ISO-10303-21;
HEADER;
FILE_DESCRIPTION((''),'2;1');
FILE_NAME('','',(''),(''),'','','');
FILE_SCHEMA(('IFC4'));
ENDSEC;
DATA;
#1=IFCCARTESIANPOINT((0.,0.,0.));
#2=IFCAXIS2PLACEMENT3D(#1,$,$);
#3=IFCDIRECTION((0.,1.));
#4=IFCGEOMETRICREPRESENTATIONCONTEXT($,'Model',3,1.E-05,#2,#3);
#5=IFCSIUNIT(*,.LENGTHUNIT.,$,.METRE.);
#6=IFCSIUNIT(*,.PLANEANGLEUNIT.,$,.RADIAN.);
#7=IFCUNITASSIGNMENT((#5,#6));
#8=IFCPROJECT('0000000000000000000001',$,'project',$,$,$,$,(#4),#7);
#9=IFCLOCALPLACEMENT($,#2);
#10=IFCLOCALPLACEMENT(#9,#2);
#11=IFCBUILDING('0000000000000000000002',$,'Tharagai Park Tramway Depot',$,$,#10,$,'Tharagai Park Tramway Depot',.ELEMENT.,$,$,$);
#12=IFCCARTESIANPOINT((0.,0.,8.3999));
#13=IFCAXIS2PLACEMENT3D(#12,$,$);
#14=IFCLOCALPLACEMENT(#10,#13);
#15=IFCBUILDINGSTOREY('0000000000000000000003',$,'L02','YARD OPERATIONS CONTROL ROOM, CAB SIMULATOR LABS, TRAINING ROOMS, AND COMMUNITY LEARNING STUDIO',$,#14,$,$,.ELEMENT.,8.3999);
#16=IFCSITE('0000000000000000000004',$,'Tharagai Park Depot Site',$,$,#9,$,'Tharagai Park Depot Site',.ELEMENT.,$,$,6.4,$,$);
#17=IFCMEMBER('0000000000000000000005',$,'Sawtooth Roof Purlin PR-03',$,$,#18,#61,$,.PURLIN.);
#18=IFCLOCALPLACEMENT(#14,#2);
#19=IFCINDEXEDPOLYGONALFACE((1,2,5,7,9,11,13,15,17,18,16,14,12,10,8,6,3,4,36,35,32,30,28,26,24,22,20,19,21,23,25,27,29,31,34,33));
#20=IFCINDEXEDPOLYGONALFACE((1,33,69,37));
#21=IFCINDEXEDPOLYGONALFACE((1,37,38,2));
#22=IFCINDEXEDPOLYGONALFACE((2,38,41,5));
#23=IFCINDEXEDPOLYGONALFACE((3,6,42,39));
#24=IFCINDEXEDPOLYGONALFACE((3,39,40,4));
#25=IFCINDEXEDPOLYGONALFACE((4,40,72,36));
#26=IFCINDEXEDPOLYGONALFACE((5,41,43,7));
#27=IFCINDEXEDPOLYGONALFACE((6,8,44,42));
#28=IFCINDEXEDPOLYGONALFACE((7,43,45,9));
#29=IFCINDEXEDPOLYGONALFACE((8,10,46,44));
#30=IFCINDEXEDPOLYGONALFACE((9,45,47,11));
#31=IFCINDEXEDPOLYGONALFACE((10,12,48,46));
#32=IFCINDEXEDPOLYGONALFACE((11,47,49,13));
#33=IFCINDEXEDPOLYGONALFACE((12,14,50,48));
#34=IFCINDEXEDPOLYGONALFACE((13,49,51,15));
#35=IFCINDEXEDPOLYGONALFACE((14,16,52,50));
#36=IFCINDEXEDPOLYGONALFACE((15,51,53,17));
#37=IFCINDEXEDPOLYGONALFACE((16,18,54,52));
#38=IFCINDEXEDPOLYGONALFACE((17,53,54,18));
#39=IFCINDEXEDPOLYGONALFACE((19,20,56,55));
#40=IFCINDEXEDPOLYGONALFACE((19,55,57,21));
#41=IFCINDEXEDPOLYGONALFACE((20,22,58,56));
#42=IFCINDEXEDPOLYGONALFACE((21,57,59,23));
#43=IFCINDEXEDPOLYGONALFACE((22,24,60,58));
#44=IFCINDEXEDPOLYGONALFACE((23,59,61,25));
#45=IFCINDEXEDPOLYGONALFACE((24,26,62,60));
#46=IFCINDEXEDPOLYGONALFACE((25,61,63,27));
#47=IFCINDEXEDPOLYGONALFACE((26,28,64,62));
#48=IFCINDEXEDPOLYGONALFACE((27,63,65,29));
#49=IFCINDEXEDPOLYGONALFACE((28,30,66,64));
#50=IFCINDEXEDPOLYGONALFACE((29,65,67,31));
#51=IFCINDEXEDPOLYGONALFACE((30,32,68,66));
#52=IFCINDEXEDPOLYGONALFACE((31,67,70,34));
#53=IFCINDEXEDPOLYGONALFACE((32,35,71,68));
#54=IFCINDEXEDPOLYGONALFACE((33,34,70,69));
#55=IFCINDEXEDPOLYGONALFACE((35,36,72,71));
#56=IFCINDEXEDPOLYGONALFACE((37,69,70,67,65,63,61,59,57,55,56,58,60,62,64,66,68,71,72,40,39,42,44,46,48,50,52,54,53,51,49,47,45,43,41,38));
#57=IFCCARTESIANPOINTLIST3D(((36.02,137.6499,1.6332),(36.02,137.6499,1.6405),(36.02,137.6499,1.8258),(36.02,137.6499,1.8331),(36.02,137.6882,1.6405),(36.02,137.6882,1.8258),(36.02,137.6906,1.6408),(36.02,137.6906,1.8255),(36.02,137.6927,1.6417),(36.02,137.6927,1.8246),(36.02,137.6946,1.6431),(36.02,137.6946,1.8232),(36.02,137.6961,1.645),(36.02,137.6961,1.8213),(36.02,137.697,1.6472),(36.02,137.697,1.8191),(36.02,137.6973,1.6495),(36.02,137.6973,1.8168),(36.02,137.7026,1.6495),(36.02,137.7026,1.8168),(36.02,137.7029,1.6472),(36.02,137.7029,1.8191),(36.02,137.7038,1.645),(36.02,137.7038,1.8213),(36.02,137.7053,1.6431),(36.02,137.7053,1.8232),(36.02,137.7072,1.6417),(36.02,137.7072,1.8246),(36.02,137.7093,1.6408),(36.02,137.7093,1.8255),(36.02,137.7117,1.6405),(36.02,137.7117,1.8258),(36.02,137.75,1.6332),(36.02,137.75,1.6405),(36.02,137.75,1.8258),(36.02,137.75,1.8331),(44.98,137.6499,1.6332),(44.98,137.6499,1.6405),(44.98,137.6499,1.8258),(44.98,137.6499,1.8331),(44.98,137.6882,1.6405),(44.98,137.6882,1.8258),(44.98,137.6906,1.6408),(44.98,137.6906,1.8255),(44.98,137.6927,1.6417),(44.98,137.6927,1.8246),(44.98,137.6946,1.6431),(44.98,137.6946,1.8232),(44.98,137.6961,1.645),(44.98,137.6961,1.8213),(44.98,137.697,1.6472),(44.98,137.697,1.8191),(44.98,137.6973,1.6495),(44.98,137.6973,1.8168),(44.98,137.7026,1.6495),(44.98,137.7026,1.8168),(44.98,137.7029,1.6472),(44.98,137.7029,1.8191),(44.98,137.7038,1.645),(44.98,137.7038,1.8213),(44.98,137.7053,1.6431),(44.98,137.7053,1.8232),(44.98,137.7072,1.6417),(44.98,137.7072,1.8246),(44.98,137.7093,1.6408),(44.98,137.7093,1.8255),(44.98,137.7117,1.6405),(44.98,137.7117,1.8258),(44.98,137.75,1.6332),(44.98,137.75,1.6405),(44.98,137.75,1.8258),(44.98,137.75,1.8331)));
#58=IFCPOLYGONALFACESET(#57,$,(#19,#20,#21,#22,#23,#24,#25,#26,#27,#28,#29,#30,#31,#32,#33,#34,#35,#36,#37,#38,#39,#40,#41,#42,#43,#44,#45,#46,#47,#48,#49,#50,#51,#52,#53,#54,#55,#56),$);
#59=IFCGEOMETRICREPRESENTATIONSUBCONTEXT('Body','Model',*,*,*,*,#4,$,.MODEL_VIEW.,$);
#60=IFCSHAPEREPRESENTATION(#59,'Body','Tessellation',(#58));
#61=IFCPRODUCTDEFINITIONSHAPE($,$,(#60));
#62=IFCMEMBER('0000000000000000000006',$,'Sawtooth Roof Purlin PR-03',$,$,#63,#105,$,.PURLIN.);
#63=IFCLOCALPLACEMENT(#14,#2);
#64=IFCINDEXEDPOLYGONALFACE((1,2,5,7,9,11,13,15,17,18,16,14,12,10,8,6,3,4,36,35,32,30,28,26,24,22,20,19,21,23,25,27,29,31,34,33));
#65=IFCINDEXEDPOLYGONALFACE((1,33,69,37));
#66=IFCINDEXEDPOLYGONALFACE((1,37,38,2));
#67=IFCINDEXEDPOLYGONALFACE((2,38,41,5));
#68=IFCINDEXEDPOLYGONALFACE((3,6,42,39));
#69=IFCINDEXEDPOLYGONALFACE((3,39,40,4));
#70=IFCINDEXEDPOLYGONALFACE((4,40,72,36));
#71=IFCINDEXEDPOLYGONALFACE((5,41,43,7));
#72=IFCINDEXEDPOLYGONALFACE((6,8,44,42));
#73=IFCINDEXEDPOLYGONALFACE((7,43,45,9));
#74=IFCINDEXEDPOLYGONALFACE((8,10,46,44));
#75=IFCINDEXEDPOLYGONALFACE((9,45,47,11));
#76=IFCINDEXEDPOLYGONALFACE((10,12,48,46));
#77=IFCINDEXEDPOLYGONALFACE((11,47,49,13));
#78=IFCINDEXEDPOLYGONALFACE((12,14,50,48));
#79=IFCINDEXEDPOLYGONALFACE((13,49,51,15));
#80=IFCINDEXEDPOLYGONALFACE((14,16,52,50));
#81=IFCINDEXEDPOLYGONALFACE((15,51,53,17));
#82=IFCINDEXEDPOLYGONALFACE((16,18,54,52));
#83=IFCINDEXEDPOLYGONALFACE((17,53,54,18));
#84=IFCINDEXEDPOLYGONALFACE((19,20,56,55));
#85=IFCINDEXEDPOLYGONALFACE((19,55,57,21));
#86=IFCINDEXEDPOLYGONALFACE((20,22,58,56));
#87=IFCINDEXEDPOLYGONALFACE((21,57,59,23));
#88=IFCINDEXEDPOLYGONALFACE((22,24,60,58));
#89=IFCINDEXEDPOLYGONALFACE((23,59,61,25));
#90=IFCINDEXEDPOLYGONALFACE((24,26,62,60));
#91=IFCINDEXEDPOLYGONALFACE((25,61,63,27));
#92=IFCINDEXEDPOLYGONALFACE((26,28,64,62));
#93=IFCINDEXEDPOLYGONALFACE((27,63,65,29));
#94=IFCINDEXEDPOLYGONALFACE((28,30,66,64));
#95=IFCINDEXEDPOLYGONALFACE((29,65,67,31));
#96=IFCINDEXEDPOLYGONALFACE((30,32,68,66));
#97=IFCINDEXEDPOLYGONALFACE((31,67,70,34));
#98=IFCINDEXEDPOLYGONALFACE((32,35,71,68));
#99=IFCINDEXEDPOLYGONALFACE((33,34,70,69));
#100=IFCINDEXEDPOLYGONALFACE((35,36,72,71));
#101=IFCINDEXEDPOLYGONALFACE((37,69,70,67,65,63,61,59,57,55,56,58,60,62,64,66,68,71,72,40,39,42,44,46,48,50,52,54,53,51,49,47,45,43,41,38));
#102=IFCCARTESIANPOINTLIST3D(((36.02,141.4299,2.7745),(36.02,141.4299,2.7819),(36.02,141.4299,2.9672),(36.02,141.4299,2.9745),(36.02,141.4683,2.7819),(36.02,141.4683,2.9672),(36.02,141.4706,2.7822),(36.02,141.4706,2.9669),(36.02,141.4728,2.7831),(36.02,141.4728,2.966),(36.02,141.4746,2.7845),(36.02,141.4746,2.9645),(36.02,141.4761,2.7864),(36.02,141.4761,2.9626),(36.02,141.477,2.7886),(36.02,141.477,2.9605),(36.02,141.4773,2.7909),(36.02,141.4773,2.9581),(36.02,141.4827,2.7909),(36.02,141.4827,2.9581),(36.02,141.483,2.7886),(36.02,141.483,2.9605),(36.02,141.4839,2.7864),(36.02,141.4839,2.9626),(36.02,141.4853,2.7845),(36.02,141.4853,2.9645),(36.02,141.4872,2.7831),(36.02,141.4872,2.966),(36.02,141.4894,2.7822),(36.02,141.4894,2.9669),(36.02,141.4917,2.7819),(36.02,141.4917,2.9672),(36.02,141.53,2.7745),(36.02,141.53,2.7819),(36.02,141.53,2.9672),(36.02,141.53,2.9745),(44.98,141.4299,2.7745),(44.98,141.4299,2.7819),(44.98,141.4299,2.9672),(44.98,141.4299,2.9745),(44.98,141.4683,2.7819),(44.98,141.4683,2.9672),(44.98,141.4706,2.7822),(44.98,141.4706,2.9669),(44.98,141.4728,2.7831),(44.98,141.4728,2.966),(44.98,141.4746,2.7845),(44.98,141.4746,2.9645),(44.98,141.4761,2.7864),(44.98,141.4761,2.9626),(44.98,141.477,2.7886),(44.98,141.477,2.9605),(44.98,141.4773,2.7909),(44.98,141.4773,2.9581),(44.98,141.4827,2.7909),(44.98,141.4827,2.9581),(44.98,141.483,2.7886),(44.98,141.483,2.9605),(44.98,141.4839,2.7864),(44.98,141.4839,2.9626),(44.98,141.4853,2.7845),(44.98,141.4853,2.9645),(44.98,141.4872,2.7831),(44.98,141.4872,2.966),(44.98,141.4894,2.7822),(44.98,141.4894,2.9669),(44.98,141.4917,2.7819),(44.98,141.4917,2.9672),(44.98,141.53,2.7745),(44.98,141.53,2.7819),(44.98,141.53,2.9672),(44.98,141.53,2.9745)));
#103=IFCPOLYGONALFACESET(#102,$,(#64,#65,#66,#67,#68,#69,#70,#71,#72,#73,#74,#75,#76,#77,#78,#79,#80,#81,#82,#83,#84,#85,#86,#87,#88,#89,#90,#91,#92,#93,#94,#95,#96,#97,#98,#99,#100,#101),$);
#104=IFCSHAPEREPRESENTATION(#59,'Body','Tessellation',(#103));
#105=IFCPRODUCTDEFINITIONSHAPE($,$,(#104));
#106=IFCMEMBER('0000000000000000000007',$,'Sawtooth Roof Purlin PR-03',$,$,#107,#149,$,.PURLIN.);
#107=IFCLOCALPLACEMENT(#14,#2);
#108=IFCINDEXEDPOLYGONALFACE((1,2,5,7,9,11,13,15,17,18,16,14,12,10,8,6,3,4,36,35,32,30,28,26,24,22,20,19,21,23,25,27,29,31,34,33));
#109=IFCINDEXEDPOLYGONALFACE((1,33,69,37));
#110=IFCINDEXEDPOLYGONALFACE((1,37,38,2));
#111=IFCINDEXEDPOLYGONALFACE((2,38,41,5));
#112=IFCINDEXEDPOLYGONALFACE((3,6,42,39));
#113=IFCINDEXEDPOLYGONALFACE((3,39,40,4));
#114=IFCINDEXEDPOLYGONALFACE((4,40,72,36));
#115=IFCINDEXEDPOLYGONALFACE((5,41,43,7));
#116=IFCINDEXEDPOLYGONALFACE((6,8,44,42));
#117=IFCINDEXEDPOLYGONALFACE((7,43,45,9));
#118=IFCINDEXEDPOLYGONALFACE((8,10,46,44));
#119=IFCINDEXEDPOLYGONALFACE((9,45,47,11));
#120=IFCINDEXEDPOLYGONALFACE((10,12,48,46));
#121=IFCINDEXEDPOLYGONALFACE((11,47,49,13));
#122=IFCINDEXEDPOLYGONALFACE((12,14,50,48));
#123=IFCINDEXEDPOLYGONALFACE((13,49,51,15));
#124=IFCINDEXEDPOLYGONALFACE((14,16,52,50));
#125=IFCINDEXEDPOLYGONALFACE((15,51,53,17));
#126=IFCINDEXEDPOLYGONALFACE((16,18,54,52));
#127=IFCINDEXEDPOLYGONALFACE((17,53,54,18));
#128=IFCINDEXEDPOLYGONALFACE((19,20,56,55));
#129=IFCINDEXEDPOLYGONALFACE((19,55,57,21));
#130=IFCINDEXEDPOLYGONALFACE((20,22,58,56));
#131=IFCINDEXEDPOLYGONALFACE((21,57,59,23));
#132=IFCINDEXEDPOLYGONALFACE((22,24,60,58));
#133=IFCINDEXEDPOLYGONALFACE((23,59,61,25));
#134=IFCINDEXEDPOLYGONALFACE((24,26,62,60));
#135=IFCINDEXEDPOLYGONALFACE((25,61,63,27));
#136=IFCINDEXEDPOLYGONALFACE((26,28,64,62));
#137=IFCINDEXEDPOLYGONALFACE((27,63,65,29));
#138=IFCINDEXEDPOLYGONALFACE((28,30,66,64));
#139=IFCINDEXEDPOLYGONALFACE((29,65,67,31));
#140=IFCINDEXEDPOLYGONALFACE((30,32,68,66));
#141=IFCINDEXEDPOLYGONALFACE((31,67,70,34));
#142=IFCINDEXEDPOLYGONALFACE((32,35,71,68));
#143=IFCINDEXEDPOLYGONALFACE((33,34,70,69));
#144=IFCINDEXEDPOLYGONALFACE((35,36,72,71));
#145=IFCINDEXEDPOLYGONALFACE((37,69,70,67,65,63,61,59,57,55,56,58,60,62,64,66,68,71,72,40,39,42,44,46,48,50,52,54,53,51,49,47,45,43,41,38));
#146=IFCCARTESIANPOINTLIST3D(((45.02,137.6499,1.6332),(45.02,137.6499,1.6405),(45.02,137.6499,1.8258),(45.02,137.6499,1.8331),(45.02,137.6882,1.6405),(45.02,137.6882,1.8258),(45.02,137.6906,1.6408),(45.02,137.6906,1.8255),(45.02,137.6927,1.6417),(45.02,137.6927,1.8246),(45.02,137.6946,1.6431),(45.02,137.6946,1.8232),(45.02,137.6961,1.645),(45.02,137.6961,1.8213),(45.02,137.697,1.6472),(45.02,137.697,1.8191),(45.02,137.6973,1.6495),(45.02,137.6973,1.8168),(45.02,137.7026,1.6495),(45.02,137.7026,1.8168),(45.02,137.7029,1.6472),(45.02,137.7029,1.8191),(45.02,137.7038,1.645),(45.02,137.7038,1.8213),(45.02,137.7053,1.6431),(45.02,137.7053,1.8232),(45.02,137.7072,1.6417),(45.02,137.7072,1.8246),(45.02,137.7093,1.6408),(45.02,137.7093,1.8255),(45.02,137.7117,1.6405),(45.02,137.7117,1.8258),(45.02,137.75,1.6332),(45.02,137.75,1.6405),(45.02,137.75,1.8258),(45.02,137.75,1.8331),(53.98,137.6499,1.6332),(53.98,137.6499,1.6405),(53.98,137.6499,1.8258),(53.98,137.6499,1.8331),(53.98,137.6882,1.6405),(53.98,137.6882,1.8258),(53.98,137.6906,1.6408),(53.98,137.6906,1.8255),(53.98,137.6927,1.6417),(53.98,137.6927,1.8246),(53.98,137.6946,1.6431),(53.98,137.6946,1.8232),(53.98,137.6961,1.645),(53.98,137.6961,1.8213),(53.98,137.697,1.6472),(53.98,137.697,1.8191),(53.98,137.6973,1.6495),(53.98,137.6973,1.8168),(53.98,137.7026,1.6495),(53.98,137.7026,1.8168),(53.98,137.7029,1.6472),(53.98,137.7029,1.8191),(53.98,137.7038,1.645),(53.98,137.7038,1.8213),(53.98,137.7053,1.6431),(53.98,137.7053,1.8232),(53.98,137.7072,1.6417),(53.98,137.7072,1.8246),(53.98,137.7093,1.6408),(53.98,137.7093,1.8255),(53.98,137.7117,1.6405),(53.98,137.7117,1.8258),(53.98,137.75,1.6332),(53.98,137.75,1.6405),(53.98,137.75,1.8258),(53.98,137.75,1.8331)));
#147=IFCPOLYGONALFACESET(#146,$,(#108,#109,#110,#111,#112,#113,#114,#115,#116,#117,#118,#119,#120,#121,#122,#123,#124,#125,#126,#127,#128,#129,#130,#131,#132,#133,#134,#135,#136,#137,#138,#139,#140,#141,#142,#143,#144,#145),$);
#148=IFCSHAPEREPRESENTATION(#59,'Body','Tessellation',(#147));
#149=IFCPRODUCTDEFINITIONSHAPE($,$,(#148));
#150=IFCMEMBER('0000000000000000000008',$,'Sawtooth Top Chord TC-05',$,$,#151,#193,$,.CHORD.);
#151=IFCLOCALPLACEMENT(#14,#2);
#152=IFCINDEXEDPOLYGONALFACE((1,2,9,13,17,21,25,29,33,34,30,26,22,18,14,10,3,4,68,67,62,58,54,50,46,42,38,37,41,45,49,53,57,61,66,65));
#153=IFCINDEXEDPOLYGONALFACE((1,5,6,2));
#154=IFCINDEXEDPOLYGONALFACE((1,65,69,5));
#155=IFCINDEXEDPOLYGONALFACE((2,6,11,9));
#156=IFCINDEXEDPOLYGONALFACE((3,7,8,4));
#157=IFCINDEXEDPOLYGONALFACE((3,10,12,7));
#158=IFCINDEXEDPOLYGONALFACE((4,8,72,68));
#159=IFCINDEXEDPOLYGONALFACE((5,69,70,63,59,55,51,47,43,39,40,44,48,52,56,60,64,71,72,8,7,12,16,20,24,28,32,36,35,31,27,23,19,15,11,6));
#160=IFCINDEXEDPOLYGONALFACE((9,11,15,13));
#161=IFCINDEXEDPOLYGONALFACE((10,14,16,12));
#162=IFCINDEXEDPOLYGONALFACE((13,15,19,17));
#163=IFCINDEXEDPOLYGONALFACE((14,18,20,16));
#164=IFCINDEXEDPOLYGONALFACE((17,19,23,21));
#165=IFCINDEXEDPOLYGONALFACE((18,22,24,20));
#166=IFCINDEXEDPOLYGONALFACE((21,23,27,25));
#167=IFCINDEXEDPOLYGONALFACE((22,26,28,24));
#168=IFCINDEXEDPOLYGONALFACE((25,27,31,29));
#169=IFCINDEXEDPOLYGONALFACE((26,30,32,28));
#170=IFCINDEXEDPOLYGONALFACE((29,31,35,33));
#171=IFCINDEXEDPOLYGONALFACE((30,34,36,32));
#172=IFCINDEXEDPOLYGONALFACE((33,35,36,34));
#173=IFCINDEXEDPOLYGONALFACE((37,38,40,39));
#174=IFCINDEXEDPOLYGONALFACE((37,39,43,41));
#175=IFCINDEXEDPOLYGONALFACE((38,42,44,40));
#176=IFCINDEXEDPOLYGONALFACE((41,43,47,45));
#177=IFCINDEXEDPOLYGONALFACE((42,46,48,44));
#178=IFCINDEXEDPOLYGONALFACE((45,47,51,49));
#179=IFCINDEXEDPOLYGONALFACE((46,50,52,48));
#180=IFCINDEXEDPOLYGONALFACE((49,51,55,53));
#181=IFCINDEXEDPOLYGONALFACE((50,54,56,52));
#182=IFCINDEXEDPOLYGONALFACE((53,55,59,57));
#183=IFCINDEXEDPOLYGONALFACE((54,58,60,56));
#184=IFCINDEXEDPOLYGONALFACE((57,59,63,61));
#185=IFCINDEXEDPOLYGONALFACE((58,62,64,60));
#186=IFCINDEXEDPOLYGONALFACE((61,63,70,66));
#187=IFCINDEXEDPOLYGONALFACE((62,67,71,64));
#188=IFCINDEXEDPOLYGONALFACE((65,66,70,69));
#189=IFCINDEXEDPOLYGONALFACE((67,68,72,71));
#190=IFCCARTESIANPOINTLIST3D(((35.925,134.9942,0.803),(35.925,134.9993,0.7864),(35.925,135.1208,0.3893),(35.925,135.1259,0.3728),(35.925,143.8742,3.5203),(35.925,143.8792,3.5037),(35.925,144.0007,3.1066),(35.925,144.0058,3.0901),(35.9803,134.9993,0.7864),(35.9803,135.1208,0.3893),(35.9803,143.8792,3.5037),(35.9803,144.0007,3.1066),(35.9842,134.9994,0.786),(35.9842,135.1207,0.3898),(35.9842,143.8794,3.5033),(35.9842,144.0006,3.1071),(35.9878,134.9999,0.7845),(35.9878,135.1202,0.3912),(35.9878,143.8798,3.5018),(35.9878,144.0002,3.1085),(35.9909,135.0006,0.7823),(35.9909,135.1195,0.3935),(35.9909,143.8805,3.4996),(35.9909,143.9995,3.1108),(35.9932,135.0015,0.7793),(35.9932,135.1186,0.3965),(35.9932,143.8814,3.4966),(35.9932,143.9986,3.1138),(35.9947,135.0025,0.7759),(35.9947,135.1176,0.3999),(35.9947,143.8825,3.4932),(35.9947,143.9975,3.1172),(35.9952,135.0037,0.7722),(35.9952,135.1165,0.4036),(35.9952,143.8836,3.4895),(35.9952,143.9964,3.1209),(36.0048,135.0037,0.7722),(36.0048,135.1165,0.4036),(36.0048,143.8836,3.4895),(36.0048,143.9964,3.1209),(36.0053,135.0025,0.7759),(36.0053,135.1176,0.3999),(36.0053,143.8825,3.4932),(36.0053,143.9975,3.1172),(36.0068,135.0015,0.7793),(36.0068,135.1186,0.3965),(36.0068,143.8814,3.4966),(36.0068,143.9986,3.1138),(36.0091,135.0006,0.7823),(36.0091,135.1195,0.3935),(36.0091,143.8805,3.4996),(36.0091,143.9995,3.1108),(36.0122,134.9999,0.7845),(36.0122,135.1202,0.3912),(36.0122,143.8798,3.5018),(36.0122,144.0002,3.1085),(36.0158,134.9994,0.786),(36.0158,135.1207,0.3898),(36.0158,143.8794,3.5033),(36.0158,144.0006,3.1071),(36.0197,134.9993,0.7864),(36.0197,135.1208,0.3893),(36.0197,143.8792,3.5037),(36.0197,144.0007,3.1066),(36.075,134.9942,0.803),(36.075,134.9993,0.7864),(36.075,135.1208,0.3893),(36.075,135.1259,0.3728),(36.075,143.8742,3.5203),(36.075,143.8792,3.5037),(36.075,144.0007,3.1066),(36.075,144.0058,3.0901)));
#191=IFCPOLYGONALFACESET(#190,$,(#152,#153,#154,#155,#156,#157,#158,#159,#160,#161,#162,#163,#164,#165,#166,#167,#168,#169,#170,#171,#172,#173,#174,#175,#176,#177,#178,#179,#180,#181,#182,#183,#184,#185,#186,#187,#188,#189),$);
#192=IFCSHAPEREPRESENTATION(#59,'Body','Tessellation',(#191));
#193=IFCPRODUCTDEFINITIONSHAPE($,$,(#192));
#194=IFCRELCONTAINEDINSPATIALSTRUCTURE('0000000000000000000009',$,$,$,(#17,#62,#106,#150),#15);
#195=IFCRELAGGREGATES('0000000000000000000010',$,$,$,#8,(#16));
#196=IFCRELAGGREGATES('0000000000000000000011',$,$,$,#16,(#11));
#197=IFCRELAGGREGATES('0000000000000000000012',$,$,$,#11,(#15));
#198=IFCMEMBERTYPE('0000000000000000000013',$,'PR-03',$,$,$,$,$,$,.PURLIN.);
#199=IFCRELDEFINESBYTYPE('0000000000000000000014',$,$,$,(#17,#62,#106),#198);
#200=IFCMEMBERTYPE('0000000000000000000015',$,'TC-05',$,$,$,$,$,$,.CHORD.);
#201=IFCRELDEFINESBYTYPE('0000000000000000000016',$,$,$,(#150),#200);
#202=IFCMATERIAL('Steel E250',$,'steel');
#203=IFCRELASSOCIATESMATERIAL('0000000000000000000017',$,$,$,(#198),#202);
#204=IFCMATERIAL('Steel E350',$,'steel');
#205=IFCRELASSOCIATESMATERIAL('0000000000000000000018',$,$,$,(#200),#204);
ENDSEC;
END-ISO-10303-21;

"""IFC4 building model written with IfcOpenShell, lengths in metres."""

from ifc_helpers import new_model, si_unit, direction, frame, origin, origin_2d, place, context, subcontext, project, spatial, i_section, extrude, material, material_profile, profile_set, type_object, element, save


model = new_model("IFC4")

# Units and contexts
model_context = context("Model", 3, precision=1e-05, world=origin(), true_north=direction((0.0, 1.0)))
body_context = subcontext(model_context, "Body", "Model", "MODEL_VIEW")
ifc_project = project(units=[si_unit("LENGTHUNIT", "METRE"), si_unit("PLANEANGLEUNIT", "RADIAN")], contexts=[model_context])

# Site, building, storey
site_placement = place(None, origin())
site = spatial("IfcSite", under=ifc_project, at=site_placement, Name="Tharagai Park Depot Site", LongName="Tharagai Park Depot Site", CompositionType="ELEMENT", RefElevation=6.4)
building_placement = place(site_placement, origin())
building = spatial("IfcBuilding", under=site, at=building_placement, Name="Tharagai Park Tramway Depot", LongName="Tharagai Park Tramway Depot", CompositionType="ELEMENT")
storey_placement = place(building_placement, frame((0.0, 0.0, 8.3999)))
storey = spatial("IfcBuildingStorey", under=building, at=storey_placement, Name="L02", Description="YARD OPERATIONS CONTROL ROOM, CAB SIMULATOR LABS, TRAINING ROOMS, AND COMMUNITY LEARNING STUDIO", CompositionType="ELEMENT", Elevation=8.3999)

# Shared definitions
ifc_material_1 = material(Name="Steel E350", Category="steel")

# Members
ifc_material_2 = material(Name="Steel E250", Category="steel")
ifc_material_profile_1 = material_profile(ifc_material_2, i_section(OverallWidth=0.1001, OverallDepth=0.2, WebThickness=0.0054, FlangeThickness=0.0073, FilletRadius=0.009, at=origin_2d()), Name="ISLB 200")
ifc_profile_set_1 = profile_set([ifc_material_profile_1], Name="Steel E250")
member_type_1 = type_object("IfcMemberType", Name="PR-03", PredefinedType="PURLIN", material=ifc_profile_set_1)
for number, where, z_axis, x_axis, name in (
    (1, (36.02, 137.7, 1.7332), (1.0, 0.0, 0.0), (0.0, 1.0, 0.0), "Sawtooth Roof Purlin PR-03"),
    (2, (36.02, 141.48, 2.8745), (1.0, 0.0, 0.0), (0.0, 1.0, 0.0), "Sawtooth Roof Purlin PR-03"),
    (3, (45.02, 137.7, 1.7332), (1.0, 0.0, 0.0), (0.0, 1.0, 0.0), "Sawtooth Roof Purlin PR-03"),
):
    element("IfcMember", number, at=place(storey_placement, frame(where, z_axis=z_axis, x_axis=x_axis)), inside=storey, type_object=member_type_1, Name=name, PredefinedType="PURLIN", context=body_context, shape_type="SweptSolid", body=[
        extrude(i_section(OverallWidth=0.1001, OverallDepth=0.2, WebThickness=0.0054, FlangeThickness=0.0073, FilletRadius=0.009, at=origin_2d()), origin(), (0.0, 0.0, 1.0), 8.96),
    ])
ifc_material_profile_2 = material_profile(ifc_material_1, i_section(OverallWidth=0.1499, OverallDepth=0.45, WebThickness=0.0095, FlangeThickness=0.0173, FilletRadius=0.0149, at=origin_2d()), Name="ISMB 450")
ifc_profile_set_2 = profile_set([ifc_material_profile_2], Name="Steel E350")
member_type_2 = type_object("IfcMemberType", Name="TC-05", PredefinedType="CHORD", material=ifc_profile_set_2)
for number, where, z_axis, x_axis, name in (
    (4, (36.0, 135.0601, 0.5879), (0.0, 0.956231, 0.292611), (-1.0, 0.0, 0.0), "Sawtooth Top Chord TC-05"),
):
    element("IfcMember", number, at=place(storey_placement, frame(where, z_axis=z_axis, x_axis=x_axis)), inside=storey, type_object=member_type_2, Name=name, PredefinedType="CHORD", context=body_context, shape_type="SweptSolid", body=[
        extrude(i_section(OverallWidth=0.1499, OverallDepth=0.45, WebThickness=0.0095, FlangeThickness=0.0173, FilletRadius=0.0149, at=origin_2d()), origin(), (0.0, 0.0, 1.0), 9.2864),
    ])

save(model, "model.ifc")
